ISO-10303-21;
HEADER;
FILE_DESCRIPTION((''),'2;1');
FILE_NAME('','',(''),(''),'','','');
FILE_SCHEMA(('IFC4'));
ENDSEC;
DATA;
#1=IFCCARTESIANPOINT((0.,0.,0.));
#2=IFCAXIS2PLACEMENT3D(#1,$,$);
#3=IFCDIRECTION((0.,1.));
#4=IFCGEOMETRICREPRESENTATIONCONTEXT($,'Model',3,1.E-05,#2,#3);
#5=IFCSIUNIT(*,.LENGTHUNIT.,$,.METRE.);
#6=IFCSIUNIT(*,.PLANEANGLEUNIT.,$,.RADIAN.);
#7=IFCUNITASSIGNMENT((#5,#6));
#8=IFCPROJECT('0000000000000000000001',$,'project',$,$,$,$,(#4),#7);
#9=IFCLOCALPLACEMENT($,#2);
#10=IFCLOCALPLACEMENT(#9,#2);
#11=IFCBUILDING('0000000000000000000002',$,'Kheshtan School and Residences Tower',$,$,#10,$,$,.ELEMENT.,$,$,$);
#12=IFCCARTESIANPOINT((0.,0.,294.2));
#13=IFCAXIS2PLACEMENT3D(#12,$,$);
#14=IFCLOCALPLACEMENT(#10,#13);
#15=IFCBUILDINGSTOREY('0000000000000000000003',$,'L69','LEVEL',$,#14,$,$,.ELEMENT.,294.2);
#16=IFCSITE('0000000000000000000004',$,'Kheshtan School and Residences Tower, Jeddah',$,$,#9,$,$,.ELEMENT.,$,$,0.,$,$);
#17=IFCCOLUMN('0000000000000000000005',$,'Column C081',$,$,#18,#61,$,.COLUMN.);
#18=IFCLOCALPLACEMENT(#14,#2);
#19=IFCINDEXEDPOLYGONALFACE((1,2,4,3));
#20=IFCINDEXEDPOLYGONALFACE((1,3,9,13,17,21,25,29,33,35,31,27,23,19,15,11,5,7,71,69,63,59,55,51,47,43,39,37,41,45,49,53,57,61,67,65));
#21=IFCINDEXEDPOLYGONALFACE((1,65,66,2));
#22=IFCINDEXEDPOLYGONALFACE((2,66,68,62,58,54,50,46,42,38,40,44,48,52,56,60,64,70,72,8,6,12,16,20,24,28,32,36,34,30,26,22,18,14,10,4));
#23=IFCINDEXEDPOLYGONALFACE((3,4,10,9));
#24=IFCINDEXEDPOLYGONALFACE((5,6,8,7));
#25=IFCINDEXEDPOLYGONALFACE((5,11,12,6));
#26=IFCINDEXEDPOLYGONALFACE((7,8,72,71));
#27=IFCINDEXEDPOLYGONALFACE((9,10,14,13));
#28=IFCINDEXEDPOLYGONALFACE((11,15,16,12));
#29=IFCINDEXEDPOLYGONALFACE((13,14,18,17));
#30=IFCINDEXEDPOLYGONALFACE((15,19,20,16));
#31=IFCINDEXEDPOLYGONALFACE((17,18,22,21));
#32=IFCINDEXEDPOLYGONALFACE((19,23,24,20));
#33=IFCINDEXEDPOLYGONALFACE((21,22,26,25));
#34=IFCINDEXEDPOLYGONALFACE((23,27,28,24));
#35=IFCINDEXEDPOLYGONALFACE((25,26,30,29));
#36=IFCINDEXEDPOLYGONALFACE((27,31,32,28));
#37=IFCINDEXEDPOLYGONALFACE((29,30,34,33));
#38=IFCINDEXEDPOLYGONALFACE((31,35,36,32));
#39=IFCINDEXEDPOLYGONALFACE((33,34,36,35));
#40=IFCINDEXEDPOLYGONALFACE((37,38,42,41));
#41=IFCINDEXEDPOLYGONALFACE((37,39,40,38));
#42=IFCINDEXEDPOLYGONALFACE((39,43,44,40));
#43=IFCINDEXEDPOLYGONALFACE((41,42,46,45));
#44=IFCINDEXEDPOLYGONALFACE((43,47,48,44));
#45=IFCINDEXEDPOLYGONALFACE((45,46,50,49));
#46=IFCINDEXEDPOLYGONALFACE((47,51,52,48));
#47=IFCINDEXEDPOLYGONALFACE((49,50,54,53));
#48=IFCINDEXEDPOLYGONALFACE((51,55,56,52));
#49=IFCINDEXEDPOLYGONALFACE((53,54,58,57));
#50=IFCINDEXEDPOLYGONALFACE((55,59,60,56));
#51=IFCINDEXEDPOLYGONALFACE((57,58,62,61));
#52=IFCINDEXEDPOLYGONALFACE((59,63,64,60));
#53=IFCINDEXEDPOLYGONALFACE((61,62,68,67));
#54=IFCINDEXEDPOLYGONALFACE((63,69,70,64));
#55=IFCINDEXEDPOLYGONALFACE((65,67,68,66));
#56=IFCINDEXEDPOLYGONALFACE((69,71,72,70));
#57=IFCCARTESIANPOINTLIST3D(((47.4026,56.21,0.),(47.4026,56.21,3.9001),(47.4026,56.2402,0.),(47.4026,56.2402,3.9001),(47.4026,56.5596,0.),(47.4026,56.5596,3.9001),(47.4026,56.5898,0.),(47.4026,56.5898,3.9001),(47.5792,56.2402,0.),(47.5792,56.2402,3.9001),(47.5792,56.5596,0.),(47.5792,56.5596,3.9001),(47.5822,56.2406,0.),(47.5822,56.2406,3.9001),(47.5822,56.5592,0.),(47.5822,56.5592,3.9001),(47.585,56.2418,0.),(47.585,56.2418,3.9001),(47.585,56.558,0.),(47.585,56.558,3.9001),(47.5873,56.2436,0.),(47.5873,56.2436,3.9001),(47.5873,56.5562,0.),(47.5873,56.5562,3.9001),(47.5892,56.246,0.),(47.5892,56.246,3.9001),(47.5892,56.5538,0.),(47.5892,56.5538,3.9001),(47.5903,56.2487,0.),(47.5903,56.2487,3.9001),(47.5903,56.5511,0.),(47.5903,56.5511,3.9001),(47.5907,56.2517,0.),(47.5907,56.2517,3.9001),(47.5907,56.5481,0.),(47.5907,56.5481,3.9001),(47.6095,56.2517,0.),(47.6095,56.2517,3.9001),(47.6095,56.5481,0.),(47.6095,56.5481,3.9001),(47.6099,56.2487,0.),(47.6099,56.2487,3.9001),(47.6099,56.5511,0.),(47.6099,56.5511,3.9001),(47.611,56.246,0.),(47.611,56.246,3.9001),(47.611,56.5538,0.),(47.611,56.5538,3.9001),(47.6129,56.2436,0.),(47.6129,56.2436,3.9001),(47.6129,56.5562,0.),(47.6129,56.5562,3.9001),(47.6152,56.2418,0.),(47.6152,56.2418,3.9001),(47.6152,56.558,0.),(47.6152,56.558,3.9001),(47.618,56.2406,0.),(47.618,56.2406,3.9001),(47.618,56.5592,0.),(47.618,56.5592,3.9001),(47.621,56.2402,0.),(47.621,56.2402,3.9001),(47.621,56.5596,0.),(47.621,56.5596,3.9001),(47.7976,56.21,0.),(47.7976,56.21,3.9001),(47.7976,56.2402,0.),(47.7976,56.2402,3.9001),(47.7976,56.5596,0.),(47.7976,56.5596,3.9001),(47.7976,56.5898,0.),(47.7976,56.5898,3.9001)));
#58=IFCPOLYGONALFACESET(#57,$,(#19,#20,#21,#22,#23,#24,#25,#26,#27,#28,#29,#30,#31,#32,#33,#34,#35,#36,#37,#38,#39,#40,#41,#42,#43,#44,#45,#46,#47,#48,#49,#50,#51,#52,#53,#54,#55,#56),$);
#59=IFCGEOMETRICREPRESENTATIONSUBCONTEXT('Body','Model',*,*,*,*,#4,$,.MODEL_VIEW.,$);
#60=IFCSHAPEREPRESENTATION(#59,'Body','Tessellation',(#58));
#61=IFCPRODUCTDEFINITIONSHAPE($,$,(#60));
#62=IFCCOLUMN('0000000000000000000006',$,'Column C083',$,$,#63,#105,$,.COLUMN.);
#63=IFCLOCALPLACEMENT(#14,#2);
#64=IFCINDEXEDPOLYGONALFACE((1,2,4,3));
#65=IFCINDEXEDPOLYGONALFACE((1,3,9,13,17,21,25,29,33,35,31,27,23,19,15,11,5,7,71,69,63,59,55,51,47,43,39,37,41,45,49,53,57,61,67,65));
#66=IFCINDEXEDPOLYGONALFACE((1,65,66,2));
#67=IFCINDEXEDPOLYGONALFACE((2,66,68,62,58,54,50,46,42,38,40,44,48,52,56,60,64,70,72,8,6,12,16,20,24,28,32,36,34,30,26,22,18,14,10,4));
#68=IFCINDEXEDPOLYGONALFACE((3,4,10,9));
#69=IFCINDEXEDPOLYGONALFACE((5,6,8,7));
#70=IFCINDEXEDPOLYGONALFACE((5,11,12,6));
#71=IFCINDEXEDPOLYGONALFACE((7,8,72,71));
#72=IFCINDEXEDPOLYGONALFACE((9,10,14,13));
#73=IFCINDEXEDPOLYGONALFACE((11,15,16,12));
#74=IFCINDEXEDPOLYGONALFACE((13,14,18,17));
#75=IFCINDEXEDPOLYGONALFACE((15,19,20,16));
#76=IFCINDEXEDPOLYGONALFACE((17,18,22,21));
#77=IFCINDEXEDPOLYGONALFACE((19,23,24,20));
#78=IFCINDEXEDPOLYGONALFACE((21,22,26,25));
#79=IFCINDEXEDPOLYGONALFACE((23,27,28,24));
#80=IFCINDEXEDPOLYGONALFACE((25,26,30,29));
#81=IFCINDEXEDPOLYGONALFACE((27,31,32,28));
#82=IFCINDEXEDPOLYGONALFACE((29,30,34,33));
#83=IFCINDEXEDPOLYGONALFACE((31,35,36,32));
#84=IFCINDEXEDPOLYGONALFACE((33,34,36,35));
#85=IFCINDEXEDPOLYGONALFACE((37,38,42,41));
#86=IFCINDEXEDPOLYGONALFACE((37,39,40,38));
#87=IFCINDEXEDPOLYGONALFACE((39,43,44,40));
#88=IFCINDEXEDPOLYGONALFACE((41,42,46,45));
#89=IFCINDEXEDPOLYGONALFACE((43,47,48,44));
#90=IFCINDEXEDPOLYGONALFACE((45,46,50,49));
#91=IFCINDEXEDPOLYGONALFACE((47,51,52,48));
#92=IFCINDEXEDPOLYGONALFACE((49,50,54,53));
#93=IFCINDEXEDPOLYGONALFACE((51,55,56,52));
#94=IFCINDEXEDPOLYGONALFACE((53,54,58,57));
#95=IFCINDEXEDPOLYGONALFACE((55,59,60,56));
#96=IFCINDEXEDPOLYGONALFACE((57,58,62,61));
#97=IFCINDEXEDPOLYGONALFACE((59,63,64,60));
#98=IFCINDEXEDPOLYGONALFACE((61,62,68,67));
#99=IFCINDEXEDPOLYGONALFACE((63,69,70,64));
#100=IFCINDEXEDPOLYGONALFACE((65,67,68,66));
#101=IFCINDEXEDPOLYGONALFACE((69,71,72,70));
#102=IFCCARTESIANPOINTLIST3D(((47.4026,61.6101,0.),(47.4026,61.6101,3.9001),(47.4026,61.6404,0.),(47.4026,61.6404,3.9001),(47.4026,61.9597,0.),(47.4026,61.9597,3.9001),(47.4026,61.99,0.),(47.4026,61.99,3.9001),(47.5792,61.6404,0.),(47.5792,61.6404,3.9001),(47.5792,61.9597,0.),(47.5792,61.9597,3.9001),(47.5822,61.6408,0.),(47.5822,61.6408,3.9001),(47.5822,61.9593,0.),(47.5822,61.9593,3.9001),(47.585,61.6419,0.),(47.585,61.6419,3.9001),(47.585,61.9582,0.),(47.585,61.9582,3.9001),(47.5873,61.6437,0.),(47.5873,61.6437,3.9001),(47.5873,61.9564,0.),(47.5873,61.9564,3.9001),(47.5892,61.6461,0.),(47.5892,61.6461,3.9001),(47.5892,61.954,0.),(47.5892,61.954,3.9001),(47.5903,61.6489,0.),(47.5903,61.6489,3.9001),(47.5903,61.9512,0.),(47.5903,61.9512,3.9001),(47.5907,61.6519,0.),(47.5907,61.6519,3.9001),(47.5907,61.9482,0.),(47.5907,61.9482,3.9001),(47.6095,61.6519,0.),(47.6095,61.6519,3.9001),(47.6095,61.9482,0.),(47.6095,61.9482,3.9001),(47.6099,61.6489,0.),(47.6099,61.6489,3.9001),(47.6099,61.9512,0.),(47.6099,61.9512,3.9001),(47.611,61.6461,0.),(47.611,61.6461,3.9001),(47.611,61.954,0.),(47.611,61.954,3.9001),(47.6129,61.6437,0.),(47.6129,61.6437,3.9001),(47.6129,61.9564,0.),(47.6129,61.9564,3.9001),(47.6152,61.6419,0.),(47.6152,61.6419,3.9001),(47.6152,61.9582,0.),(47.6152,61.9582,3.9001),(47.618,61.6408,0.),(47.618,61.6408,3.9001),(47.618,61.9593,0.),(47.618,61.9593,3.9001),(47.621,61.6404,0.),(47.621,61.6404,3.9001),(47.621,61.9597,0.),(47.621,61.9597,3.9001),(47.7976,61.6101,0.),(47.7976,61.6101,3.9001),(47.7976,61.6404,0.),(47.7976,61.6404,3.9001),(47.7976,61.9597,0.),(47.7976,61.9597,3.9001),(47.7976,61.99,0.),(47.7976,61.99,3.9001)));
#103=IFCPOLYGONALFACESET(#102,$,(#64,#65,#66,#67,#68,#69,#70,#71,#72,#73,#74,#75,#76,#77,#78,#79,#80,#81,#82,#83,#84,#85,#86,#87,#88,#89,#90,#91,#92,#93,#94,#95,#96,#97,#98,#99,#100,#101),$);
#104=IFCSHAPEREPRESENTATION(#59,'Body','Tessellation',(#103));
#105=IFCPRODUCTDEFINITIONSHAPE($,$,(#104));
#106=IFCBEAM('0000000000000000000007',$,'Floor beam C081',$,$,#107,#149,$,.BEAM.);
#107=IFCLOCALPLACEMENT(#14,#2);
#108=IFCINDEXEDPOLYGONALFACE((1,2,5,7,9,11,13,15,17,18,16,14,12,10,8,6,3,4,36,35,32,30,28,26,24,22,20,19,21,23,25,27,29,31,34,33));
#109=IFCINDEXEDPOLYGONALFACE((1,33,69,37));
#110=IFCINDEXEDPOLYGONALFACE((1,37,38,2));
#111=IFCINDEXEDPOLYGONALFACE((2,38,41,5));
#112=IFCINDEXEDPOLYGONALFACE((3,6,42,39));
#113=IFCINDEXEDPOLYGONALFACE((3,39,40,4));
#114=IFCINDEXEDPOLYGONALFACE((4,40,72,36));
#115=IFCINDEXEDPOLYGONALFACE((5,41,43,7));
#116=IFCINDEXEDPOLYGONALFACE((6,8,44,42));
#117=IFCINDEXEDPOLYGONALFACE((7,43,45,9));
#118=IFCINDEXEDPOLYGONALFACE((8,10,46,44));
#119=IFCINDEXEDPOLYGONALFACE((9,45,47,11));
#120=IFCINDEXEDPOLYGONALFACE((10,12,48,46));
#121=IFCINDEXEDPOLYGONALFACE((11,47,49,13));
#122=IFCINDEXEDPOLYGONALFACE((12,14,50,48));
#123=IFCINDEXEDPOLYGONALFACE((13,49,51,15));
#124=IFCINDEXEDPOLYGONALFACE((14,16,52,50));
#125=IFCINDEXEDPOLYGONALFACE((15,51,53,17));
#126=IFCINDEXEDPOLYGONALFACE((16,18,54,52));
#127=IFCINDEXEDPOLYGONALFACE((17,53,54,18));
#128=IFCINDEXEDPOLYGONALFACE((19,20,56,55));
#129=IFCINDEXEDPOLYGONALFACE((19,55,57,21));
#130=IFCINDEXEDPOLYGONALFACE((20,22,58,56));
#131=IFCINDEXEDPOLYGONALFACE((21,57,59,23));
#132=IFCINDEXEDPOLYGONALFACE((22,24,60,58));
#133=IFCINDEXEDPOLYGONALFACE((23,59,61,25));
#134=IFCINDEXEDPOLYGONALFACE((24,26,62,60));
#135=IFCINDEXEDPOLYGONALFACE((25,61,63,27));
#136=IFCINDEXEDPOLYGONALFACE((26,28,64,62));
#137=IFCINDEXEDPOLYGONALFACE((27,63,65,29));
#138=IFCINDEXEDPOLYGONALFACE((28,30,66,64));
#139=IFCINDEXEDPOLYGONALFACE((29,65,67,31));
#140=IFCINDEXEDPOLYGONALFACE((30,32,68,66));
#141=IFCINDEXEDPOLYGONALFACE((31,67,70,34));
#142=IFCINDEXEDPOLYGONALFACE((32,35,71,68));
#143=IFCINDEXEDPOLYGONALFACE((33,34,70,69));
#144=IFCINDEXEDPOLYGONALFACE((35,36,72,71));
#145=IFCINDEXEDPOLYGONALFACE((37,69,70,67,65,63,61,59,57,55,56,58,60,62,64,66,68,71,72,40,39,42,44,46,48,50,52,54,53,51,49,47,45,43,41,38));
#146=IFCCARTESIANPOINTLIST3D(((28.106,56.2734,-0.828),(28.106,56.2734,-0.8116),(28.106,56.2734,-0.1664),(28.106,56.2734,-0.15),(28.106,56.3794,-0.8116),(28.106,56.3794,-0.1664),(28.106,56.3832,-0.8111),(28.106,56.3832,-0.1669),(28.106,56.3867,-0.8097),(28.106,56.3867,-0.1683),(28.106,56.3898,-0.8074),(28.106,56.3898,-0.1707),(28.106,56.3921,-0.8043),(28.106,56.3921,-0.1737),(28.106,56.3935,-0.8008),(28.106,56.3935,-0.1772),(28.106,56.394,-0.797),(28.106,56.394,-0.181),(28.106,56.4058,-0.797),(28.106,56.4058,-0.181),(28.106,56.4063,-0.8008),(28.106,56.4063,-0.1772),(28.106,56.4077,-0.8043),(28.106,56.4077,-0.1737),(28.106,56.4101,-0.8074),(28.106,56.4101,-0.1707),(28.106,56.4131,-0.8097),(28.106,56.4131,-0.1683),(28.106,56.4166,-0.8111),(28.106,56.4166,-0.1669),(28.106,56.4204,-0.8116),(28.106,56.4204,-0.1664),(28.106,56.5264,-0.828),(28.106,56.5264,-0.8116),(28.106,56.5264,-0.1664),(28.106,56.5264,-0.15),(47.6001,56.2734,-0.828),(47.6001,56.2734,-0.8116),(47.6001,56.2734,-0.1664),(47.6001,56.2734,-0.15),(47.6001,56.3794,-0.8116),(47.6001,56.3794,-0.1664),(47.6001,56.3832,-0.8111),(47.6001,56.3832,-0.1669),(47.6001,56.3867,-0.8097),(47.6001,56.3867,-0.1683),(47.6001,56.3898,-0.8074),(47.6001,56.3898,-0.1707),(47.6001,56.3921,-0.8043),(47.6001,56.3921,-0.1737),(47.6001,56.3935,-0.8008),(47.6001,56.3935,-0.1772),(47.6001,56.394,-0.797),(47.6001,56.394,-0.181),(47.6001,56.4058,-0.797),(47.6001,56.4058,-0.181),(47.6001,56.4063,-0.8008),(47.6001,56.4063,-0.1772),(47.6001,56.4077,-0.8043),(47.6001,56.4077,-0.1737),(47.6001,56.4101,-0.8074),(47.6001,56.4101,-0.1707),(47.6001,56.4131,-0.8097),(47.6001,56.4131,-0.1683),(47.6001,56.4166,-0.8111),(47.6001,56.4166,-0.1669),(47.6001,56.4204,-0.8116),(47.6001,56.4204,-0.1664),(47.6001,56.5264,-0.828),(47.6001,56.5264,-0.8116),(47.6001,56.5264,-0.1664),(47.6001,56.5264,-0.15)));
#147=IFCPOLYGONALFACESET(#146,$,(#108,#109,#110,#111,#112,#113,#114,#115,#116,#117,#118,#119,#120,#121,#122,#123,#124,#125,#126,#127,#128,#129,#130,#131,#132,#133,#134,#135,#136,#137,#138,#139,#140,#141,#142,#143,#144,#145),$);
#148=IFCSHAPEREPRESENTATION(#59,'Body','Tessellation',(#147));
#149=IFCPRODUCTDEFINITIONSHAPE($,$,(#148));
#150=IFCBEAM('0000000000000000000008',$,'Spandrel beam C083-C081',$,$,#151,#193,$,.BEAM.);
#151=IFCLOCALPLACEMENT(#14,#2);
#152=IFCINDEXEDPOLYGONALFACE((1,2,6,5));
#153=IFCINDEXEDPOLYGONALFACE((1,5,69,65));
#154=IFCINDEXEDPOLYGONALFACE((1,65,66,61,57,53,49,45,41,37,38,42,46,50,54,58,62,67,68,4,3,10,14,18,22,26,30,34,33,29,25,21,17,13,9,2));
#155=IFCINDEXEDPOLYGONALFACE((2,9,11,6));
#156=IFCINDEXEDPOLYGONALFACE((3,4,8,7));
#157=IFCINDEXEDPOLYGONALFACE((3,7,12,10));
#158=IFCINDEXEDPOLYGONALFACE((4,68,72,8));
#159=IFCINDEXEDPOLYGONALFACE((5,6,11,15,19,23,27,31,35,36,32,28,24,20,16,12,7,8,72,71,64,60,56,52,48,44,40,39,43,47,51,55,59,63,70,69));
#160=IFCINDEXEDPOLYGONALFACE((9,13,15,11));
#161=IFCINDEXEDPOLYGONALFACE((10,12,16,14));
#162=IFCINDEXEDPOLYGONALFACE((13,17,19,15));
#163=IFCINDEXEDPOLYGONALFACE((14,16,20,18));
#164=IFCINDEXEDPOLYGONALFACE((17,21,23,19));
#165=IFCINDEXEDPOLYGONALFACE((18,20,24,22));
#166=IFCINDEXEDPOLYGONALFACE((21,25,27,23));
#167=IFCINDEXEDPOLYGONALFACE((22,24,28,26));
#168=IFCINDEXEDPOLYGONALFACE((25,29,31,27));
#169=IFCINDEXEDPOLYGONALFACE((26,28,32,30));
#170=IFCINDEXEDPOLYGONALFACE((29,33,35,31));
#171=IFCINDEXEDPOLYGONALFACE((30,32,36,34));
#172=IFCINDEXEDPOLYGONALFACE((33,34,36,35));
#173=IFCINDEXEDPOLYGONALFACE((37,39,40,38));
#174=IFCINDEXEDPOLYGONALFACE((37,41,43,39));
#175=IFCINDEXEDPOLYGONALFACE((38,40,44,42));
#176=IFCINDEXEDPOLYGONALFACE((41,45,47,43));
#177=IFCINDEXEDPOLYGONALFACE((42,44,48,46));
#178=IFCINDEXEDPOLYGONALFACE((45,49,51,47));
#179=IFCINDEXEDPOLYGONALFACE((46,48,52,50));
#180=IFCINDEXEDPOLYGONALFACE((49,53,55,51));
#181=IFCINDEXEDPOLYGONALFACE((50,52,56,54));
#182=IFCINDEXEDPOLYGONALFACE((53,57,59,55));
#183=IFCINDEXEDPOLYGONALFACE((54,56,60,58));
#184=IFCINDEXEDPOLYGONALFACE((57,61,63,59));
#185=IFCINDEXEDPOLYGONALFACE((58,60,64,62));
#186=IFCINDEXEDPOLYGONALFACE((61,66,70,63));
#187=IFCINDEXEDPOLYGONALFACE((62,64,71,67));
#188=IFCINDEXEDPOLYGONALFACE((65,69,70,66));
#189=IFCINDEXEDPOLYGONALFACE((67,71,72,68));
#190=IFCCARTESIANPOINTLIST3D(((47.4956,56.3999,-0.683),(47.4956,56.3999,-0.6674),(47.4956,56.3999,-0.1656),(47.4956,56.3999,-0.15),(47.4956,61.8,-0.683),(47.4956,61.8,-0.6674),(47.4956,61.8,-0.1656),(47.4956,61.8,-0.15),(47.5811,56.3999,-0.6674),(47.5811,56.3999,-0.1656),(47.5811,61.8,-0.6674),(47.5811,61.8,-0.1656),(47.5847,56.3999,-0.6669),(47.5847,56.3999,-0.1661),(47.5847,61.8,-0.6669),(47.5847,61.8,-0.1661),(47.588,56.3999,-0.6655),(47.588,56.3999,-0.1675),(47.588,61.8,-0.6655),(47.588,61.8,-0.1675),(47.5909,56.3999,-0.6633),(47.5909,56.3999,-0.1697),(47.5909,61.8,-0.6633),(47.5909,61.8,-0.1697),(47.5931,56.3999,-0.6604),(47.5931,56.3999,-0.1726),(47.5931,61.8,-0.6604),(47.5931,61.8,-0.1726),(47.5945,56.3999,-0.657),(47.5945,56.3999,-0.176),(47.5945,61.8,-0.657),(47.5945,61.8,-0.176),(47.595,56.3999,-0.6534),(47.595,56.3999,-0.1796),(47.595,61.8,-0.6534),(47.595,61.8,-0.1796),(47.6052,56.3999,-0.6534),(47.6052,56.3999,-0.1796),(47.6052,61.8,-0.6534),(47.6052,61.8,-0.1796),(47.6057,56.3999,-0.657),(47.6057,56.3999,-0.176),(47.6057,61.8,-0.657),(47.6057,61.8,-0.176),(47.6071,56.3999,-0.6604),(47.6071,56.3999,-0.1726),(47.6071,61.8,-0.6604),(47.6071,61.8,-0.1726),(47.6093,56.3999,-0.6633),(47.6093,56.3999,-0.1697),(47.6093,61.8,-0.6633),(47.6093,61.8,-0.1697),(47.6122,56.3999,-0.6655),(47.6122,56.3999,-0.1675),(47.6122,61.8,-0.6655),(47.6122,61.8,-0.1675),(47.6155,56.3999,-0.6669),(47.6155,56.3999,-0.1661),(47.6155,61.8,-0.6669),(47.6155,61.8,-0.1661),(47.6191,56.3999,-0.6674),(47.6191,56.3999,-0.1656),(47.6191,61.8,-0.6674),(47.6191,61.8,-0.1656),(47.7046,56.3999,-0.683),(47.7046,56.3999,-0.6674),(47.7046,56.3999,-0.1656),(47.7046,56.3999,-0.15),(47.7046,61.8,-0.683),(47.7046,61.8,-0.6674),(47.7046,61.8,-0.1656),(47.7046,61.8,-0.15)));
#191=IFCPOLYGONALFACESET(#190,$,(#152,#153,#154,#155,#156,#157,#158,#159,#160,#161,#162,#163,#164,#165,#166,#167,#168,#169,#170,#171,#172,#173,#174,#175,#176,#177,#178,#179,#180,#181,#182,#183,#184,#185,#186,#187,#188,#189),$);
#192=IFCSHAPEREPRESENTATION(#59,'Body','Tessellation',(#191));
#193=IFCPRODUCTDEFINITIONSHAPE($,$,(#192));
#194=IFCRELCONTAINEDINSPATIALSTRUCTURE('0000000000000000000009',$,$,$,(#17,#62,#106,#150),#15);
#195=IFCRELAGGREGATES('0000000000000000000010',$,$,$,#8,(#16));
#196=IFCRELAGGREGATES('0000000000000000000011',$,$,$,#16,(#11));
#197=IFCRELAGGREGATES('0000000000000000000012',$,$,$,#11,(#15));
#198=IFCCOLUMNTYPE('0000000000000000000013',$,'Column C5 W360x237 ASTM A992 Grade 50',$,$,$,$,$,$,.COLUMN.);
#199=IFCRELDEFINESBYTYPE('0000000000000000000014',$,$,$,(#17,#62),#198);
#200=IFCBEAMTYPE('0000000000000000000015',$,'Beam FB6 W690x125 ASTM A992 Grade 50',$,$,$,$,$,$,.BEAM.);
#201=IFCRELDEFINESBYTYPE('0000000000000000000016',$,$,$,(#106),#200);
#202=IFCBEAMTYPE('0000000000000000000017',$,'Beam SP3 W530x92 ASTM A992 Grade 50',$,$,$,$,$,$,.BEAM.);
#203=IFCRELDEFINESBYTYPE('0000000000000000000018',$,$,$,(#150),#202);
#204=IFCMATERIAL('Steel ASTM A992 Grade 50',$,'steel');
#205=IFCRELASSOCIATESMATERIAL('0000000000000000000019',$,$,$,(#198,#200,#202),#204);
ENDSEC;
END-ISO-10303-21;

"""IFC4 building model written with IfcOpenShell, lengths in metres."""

from ifc_helpers import new_model, si_unit, direction, frame, origin, origin_2d, place, context, subcontext, project, spatial, i_section, extrude, material, material_profile, profile_set, type_object, element, save


model = new_model("IFC4")

# Units and contexts
model_context = context("Model", 3, precision=1e-05, world=origin(), true_north=direction((0.0, 1.0)))
body_context = subcontext(model_context, "Body", "Model", "MODEL_VIEW")
ifc_project = project(units=[si_unit("LENGTHUNIT", "METRE"), si_unit("PLANEANGLEUNIT", "RADIAN")], contexts=[model_context])

# Site, building, storey
site_placement = place(None, origin())
site = spatial("IfcSite", under=ifc_project, at=site_placement, Name="Kheshtan School and Residences Tower, Jeddah", CompositionType="ELEMENT", RefElevation=0.0)
building_placement = place(site_placement, origin())
building = spatial("IfcBuilding", under=site, at=building_placement, Name="Kheshtan School and Residences Tower", CompositionType="ELEMENT")
storey_placement = place(building_placement, frame((0.0, 0.0, 294.2)))
storey = spatial("IfcBuildingStorey", under=building, at=storey_placement, Name="L69", Description="LEVEL", CompositionType="ELEMENT", Elevation=294.2)

# Columns
ifc_material_1 = material(Name="Steel ASTM A992 Grade 50", Category="steel")
ifc_material_profile_1 = material_profile(ifc_material_1, i_section(OverallWidth=0.395, OverallDepth=0.3799, WebThickness=0.0188, FlangeThickness=0.0303, FilletRadius=0.0115, at=origin_2d()), Name="W360x237")
ifc_profile_set_1 = profile_set([ifc_material_profile_1], Name="Steel ASTM A992 Grade 50")
column_type = type_object("IfcColumnType", Name="Column C5 W360x237 ASTM A992 Grade 50", PredefinedType="COLUMN", material=ifc_profile_set_1)
for number, where, z_axis, x_axis, name in (
    (1, (47.6001, 56.3999, 0.0), (0.0, 0.0, 1.0), (1.0, 0.0, 0.0), "Column C081"),
    (2, (47.6001, 61.8, 0.0), (0.0, 0.0, 1.0), (1.0, 0.0, 0.0), "Column C083"),
):
    element("IfcColumn", number, at=place(storey_placement, frame(where, z_axis=z_axis, x_axis=x_axis)), inside=storey, type_object=column_type, Name=name, PredefinedType="COLUMN", context=body_context, shape_type="SweptSolid", body=[
        extrude(i_section(OverallWidth=0.395, OverallDepth=0.3799, WebThickness=0.0188, FlangeThickness=0.0303, FilletRadius=0.0115, at=origin_2d()), origin(), (0.0, 0.0, 1.0), 3.9001),
    ])

# Beams
ifc_material_profile_2 = material_profile(ifc_material_1, i_section(OverallWidth=0.2529, OverallDepth=0.678, WebThickness=0.0117, FlangeThickness=0.0164, FilletRadius=0.0146, at=origin_2d()), Name="W690x125")
ifc_profile_set_2 = profile_set([ifc_material_profile_2], Name="Steel ASTM A992 Grade 50")
beam_type_1 = type_object("IfcBeamType", Name="Beam FB6 W690x125 ASTM A992 Grade 50", PredefinedType="BEAM", material=ifc_profile_set_2)
beam_1_placement = place(storey_placement, frame((47.6001, 56.3999, -0.489), z_axis=(-1.0, 0.0, 0.0), x_axis=(0.0, -1.0, 0.0)))
element("IfcBeam", 3, at=beam_1_placement, inside=storey, type_object=beam_type_1, Name="Floor beam C081", PredefinedType="BEAM", context=body_context, shape_type="SweptSolid", body=[
    extrude(i_section(OverallWidth=0.2529, OverallDepth=0.678, WebThickness=0.0117, FlangeThickness=0.0164, FilletRadius=0.0146, at=origin_2d()), origin(), (0.0, 0.0, 1.0), 19.4941),
])
ifc_material_profile_3 = material_profile(ifc_material_1, i_section(OverallWidth=0.209, OverallDepth=0.533, WebThickness=0.0103, FlangeThickness=0.0156, FilletRadius=0.0139, at=origin_2d()), Name="W530x92")
ifc_profile_set_3 = profile_set([ifc_material_profile_3], Name="Steel ASTM A992 Grade 50")
beam_type_2 = type_object("IfcBeamType", Name="Beam SP3 W530x92 ASTM A992 Grade 50", PredefinedType="BEAM", material=ifc_profile_set_3)
beam_2_placement = place(storey_placement, frame((47.6001, 61.8, -0.4165), z_axis=(0.0, -1.0, 0.0), x_axis=(1.0, 0.0, 0.0)))
element("IfcBeam", 4, at=beam_2_placement, inside=storey, type_object=beam_type_2, Name="Spandrel beam C083-C081", PredefinedType="BEAM", context=body_context, shape_type="SweptSolid", body=[
    extrude(i_section(OverallWidth=0.209, OverallDepth=0.533, WebThickness=0.0103, FlangeThickness=0.0156, FilletRadius=0.0139, at=origin_2d()), origin(), (0.0, 0.0, 1.0), 5.4001),
])

save(model, "model.ifc")
